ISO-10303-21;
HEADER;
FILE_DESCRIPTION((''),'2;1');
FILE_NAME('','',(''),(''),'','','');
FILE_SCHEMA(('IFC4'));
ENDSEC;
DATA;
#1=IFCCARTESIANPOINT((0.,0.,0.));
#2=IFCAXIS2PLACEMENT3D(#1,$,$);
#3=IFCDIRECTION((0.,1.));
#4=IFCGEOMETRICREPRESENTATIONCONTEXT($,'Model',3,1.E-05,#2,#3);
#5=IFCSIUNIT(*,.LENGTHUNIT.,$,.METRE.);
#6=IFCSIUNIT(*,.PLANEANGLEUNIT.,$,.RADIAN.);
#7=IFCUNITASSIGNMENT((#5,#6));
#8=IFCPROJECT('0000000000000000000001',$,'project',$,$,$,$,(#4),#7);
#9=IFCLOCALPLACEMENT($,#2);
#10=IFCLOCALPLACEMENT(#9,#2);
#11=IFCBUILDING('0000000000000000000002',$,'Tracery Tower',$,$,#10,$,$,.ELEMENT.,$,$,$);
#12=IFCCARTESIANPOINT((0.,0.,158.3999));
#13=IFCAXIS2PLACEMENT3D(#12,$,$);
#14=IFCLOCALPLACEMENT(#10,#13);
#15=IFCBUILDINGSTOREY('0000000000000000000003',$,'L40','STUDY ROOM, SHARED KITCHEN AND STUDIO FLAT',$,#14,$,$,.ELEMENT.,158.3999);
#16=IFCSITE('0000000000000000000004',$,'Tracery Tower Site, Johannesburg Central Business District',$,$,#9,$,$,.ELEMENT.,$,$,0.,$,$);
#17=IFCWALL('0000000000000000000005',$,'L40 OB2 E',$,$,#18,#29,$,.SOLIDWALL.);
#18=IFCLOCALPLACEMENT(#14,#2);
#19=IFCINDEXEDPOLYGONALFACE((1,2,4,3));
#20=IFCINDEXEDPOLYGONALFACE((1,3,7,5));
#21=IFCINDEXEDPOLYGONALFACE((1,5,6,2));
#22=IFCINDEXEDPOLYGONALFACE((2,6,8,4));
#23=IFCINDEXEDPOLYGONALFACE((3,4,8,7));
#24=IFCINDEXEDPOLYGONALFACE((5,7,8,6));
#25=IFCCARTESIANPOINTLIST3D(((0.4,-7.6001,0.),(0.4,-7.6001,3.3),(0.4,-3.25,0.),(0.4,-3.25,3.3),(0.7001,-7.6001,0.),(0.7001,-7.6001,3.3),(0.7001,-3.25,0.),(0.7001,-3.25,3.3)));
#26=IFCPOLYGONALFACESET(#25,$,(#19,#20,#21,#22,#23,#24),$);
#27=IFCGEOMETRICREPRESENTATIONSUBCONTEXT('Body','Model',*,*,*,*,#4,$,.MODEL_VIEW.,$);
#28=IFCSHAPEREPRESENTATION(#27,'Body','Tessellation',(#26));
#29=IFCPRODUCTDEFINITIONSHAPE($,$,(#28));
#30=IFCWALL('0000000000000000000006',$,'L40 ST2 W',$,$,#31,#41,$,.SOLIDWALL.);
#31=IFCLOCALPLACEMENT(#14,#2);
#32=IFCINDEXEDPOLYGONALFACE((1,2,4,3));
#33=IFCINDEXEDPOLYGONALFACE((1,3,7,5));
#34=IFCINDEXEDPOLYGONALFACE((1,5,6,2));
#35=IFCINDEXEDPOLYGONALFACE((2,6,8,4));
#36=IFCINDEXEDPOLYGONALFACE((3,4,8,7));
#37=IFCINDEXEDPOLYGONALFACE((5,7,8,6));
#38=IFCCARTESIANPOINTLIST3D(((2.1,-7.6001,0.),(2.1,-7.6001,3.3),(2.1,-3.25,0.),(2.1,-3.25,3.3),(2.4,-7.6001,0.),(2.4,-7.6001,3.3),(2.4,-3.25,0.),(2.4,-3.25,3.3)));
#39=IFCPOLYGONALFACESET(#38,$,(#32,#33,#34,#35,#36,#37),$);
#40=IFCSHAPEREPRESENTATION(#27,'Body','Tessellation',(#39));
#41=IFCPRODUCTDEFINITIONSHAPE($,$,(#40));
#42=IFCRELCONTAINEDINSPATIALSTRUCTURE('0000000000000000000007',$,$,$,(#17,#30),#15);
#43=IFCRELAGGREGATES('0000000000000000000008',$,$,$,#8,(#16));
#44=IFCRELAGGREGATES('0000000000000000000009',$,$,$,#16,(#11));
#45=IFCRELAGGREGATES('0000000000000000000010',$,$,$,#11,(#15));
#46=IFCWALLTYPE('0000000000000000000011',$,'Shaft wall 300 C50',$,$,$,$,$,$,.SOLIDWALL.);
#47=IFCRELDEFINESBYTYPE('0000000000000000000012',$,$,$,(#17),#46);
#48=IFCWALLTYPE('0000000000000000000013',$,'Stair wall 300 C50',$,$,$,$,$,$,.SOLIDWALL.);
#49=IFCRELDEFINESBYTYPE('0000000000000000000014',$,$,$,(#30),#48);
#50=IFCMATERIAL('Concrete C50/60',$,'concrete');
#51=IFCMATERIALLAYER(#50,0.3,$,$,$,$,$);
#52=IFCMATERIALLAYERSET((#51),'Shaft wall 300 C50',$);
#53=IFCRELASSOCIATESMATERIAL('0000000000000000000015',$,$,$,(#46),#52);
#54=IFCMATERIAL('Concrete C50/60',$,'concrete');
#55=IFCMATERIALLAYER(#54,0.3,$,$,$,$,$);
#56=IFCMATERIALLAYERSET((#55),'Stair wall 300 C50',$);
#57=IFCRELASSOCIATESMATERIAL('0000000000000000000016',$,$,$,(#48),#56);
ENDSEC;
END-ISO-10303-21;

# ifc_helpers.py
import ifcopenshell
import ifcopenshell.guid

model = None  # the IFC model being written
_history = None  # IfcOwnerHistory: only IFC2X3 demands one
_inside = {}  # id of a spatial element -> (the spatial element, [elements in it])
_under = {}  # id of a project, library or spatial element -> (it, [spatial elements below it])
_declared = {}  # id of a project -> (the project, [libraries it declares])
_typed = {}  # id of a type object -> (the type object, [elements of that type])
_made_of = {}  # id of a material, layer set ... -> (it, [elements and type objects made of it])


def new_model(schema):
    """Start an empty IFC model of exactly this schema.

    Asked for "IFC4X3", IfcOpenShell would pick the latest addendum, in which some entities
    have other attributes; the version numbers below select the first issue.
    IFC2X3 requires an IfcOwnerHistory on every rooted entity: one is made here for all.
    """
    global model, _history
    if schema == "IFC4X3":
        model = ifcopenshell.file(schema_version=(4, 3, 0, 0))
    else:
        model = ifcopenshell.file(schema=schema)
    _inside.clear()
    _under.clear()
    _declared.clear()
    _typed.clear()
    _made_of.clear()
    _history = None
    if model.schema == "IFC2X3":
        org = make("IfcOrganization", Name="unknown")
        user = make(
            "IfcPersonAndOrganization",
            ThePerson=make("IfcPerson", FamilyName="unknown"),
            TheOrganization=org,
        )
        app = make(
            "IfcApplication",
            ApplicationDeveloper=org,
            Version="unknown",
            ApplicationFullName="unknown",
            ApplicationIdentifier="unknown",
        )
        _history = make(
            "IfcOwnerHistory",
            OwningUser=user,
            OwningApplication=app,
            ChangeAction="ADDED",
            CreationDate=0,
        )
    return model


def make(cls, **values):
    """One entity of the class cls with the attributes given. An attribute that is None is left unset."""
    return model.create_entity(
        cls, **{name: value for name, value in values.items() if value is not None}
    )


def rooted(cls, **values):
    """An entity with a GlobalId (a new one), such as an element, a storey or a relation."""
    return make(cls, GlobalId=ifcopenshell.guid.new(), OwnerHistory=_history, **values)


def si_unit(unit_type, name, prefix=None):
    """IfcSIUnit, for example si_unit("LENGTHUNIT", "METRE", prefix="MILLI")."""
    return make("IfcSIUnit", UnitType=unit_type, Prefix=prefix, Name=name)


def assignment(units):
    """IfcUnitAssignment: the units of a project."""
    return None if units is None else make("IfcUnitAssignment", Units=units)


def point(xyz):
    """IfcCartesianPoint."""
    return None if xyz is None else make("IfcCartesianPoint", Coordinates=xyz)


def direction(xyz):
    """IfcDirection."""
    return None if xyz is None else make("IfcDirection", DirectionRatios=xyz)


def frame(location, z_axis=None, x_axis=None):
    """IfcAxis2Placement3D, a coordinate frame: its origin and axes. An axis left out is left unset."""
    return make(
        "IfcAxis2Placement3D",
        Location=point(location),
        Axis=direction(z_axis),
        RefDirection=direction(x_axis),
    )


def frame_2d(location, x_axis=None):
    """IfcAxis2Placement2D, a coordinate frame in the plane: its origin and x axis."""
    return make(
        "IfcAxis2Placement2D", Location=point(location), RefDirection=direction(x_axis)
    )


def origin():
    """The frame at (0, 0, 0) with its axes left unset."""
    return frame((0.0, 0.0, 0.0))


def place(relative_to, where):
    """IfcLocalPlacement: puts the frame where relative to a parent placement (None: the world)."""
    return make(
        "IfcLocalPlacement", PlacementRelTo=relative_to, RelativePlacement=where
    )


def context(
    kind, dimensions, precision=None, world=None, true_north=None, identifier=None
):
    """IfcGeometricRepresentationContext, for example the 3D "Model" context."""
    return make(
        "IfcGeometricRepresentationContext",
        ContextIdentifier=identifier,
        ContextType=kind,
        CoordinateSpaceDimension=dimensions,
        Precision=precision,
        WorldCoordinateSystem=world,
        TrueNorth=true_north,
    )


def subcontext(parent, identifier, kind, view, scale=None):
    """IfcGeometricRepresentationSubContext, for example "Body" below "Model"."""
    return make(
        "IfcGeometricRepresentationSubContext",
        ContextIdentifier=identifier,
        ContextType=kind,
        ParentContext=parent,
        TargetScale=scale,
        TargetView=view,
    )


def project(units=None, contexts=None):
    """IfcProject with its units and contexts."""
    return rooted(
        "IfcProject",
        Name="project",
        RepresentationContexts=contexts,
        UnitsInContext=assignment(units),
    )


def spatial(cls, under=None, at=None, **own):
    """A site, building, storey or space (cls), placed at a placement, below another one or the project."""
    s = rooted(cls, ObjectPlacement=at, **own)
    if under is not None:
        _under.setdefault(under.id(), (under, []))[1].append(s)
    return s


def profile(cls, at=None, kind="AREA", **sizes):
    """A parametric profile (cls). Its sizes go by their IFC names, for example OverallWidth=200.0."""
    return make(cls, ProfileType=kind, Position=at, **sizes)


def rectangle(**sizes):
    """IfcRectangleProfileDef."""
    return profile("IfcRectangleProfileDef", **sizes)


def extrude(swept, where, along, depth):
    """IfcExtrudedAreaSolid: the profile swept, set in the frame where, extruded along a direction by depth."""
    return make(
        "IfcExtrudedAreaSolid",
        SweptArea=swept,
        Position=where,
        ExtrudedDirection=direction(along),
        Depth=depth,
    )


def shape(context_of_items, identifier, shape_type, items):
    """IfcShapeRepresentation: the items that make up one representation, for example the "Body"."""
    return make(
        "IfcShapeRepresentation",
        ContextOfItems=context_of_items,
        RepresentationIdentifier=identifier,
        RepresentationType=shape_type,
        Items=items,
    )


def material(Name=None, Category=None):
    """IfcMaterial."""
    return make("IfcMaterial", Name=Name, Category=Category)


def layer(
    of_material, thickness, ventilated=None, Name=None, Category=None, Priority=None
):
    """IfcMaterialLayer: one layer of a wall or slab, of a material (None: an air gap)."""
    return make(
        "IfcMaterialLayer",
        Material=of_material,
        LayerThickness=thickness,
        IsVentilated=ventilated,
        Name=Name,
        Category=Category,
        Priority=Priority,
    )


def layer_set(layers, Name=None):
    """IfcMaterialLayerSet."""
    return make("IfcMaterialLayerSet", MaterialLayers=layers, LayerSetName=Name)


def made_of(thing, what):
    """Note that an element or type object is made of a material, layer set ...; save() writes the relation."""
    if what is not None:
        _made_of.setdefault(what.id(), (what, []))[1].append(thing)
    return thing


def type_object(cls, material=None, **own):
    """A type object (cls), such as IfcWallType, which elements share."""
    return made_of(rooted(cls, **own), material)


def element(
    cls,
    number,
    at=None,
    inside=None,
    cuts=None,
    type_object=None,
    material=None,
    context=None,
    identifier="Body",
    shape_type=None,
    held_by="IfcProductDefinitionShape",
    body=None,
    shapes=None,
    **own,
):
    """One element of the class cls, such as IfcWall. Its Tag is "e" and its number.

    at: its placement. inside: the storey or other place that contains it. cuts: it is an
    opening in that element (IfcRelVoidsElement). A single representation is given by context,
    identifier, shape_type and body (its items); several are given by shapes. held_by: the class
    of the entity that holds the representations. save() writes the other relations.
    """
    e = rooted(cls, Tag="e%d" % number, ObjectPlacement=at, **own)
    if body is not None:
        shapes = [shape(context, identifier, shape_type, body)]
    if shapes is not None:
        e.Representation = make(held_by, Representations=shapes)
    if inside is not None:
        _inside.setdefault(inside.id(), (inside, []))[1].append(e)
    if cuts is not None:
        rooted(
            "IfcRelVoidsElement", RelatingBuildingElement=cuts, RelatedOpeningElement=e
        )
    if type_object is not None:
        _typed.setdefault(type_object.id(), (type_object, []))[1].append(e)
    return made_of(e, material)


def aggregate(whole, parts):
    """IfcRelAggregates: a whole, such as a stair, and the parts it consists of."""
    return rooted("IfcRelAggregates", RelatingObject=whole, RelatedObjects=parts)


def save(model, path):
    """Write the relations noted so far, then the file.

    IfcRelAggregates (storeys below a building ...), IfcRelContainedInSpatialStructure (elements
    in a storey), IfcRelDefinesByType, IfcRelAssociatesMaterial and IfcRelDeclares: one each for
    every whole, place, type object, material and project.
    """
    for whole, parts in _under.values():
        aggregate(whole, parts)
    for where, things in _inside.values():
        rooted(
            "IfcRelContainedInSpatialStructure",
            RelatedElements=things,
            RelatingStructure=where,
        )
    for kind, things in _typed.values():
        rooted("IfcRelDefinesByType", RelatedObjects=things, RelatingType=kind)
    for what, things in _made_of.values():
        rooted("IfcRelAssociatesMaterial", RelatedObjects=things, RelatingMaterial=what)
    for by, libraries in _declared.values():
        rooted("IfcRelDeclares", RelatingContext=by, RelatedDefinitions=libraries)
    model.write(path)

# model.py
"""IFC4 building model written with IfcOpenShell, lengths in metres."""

from ifc_helpers import new_model, si_unit, direction, frame, frame_2d, origin, place, context, subcontext, project, spatial, rectangle, extrude, material, layer, layer_set, type_object, element, save


model = new_model("IFC4")

# Units and contexts
model_context = context("Model", 3, precision=1e-05, world=origin(), true_north=direction((0.0, 1.0)))
body_context = subcontext(model_context, "Body", "Model", "MODEL_VIEW")
ifc_project = project(units=[si_unit("LENGTHUNIT", "METRE"), si_unit("PLANEANGLEUNIT", "RADIAN")], contexts=[model_context])

# Site, building, storey
site_placement = place(None, origin())
site = spatial("IfcSite", under=ifc_project, at=site_placement, Name="Tracery Tower Site, Johannesburg Central Business District", CompositionType="ELEMENT", RefElevation=0.0)
building_placement = place(site_placement, origin())
building = spatial("IfcBuilding", under=site, at=building_placement, Name="Tracery Tower", CompositionType="ELEMENT")
storey_placement = place(building_placement, frame((0.0, 0.0, 158.3999)))
storey = spatial("IfcBuildingStorey", under=building, at=storey_placement, Name="L40", Description="STUDY ROOM, SHARED KITCHEN AND STUDIO FLAT", CompositionType="ELEMENT", Elevation=158.3999)

# Walls
ifc_material_1 = material(Name="Concrete C50/60", Category="concrete")
ifc_layer_1 = layer(ifc_material_1, 0.3)
ifc_layer_set_1 = layer_set([ifc_layer_1], Name="Shaft wall 300 C50")
wall_type_1 = type_object("IfcWallType", Name="Shaft wall 300 C50", PredefinedType="SOLIDWALL", material=ifc_layer_set_1)
wall_1_placement = place(storey_placement, frame((0.55, -7.6001, 0.0), z_axis=(0.0, 0.0, 1.0), x_axis=(0.0, 1.0, 0.0)))
element("IfcWall", 1, at=wall_1_placement, inside=storey, type_object=wall_type_1, Name="L40 OB2 E", PredefinedType="SOLIDWALL", context=body_context, shape_type="SweptSolid", body=[
    extrude(rectangle(XDim=4.3501, YDim=0.3, at=frame_2d((2.175, 0.0))), origin(), (0.0, 0.0, 1.0), 3.3),
])
ifc_material_2 = material(Name="Concrete C50/60", Category="concrete")
ifc_layer_2 = layer(ifc_material_2, 0.3)
ifc_layer_set_2 = layer_set([ifc_layer_2], Name="Stair wall 300 C50")
wall_type_2 = type_object("IfcWallType", Name="Stair wall 300 C50", PredefinedType="SOLIDWALL", material=ifc_layer_set_2)
wall_2_placement = place(storey_placement, frame((2.25, -7.6001, 0.0), z_axis=(0.0, 0.0, 1.0), x_axis=(0.0, 1.0, 0.0)))
element("IfcWall", 2, at=wall_2_placement, inside=storey, type_object=wall_type_2, Name="L40 ST2 W", PredefinedType="SOLIDWALL", context=body_context, shape_type="SweptSolid", body=[
    extrude(rectangle(XDim=4.3501, YDim=0.3, at=frame_2d((2.175, 0.0))), origin(), (0.0, 0.0, 1.0), 3.3),
])

save(model, "model.ifc")
